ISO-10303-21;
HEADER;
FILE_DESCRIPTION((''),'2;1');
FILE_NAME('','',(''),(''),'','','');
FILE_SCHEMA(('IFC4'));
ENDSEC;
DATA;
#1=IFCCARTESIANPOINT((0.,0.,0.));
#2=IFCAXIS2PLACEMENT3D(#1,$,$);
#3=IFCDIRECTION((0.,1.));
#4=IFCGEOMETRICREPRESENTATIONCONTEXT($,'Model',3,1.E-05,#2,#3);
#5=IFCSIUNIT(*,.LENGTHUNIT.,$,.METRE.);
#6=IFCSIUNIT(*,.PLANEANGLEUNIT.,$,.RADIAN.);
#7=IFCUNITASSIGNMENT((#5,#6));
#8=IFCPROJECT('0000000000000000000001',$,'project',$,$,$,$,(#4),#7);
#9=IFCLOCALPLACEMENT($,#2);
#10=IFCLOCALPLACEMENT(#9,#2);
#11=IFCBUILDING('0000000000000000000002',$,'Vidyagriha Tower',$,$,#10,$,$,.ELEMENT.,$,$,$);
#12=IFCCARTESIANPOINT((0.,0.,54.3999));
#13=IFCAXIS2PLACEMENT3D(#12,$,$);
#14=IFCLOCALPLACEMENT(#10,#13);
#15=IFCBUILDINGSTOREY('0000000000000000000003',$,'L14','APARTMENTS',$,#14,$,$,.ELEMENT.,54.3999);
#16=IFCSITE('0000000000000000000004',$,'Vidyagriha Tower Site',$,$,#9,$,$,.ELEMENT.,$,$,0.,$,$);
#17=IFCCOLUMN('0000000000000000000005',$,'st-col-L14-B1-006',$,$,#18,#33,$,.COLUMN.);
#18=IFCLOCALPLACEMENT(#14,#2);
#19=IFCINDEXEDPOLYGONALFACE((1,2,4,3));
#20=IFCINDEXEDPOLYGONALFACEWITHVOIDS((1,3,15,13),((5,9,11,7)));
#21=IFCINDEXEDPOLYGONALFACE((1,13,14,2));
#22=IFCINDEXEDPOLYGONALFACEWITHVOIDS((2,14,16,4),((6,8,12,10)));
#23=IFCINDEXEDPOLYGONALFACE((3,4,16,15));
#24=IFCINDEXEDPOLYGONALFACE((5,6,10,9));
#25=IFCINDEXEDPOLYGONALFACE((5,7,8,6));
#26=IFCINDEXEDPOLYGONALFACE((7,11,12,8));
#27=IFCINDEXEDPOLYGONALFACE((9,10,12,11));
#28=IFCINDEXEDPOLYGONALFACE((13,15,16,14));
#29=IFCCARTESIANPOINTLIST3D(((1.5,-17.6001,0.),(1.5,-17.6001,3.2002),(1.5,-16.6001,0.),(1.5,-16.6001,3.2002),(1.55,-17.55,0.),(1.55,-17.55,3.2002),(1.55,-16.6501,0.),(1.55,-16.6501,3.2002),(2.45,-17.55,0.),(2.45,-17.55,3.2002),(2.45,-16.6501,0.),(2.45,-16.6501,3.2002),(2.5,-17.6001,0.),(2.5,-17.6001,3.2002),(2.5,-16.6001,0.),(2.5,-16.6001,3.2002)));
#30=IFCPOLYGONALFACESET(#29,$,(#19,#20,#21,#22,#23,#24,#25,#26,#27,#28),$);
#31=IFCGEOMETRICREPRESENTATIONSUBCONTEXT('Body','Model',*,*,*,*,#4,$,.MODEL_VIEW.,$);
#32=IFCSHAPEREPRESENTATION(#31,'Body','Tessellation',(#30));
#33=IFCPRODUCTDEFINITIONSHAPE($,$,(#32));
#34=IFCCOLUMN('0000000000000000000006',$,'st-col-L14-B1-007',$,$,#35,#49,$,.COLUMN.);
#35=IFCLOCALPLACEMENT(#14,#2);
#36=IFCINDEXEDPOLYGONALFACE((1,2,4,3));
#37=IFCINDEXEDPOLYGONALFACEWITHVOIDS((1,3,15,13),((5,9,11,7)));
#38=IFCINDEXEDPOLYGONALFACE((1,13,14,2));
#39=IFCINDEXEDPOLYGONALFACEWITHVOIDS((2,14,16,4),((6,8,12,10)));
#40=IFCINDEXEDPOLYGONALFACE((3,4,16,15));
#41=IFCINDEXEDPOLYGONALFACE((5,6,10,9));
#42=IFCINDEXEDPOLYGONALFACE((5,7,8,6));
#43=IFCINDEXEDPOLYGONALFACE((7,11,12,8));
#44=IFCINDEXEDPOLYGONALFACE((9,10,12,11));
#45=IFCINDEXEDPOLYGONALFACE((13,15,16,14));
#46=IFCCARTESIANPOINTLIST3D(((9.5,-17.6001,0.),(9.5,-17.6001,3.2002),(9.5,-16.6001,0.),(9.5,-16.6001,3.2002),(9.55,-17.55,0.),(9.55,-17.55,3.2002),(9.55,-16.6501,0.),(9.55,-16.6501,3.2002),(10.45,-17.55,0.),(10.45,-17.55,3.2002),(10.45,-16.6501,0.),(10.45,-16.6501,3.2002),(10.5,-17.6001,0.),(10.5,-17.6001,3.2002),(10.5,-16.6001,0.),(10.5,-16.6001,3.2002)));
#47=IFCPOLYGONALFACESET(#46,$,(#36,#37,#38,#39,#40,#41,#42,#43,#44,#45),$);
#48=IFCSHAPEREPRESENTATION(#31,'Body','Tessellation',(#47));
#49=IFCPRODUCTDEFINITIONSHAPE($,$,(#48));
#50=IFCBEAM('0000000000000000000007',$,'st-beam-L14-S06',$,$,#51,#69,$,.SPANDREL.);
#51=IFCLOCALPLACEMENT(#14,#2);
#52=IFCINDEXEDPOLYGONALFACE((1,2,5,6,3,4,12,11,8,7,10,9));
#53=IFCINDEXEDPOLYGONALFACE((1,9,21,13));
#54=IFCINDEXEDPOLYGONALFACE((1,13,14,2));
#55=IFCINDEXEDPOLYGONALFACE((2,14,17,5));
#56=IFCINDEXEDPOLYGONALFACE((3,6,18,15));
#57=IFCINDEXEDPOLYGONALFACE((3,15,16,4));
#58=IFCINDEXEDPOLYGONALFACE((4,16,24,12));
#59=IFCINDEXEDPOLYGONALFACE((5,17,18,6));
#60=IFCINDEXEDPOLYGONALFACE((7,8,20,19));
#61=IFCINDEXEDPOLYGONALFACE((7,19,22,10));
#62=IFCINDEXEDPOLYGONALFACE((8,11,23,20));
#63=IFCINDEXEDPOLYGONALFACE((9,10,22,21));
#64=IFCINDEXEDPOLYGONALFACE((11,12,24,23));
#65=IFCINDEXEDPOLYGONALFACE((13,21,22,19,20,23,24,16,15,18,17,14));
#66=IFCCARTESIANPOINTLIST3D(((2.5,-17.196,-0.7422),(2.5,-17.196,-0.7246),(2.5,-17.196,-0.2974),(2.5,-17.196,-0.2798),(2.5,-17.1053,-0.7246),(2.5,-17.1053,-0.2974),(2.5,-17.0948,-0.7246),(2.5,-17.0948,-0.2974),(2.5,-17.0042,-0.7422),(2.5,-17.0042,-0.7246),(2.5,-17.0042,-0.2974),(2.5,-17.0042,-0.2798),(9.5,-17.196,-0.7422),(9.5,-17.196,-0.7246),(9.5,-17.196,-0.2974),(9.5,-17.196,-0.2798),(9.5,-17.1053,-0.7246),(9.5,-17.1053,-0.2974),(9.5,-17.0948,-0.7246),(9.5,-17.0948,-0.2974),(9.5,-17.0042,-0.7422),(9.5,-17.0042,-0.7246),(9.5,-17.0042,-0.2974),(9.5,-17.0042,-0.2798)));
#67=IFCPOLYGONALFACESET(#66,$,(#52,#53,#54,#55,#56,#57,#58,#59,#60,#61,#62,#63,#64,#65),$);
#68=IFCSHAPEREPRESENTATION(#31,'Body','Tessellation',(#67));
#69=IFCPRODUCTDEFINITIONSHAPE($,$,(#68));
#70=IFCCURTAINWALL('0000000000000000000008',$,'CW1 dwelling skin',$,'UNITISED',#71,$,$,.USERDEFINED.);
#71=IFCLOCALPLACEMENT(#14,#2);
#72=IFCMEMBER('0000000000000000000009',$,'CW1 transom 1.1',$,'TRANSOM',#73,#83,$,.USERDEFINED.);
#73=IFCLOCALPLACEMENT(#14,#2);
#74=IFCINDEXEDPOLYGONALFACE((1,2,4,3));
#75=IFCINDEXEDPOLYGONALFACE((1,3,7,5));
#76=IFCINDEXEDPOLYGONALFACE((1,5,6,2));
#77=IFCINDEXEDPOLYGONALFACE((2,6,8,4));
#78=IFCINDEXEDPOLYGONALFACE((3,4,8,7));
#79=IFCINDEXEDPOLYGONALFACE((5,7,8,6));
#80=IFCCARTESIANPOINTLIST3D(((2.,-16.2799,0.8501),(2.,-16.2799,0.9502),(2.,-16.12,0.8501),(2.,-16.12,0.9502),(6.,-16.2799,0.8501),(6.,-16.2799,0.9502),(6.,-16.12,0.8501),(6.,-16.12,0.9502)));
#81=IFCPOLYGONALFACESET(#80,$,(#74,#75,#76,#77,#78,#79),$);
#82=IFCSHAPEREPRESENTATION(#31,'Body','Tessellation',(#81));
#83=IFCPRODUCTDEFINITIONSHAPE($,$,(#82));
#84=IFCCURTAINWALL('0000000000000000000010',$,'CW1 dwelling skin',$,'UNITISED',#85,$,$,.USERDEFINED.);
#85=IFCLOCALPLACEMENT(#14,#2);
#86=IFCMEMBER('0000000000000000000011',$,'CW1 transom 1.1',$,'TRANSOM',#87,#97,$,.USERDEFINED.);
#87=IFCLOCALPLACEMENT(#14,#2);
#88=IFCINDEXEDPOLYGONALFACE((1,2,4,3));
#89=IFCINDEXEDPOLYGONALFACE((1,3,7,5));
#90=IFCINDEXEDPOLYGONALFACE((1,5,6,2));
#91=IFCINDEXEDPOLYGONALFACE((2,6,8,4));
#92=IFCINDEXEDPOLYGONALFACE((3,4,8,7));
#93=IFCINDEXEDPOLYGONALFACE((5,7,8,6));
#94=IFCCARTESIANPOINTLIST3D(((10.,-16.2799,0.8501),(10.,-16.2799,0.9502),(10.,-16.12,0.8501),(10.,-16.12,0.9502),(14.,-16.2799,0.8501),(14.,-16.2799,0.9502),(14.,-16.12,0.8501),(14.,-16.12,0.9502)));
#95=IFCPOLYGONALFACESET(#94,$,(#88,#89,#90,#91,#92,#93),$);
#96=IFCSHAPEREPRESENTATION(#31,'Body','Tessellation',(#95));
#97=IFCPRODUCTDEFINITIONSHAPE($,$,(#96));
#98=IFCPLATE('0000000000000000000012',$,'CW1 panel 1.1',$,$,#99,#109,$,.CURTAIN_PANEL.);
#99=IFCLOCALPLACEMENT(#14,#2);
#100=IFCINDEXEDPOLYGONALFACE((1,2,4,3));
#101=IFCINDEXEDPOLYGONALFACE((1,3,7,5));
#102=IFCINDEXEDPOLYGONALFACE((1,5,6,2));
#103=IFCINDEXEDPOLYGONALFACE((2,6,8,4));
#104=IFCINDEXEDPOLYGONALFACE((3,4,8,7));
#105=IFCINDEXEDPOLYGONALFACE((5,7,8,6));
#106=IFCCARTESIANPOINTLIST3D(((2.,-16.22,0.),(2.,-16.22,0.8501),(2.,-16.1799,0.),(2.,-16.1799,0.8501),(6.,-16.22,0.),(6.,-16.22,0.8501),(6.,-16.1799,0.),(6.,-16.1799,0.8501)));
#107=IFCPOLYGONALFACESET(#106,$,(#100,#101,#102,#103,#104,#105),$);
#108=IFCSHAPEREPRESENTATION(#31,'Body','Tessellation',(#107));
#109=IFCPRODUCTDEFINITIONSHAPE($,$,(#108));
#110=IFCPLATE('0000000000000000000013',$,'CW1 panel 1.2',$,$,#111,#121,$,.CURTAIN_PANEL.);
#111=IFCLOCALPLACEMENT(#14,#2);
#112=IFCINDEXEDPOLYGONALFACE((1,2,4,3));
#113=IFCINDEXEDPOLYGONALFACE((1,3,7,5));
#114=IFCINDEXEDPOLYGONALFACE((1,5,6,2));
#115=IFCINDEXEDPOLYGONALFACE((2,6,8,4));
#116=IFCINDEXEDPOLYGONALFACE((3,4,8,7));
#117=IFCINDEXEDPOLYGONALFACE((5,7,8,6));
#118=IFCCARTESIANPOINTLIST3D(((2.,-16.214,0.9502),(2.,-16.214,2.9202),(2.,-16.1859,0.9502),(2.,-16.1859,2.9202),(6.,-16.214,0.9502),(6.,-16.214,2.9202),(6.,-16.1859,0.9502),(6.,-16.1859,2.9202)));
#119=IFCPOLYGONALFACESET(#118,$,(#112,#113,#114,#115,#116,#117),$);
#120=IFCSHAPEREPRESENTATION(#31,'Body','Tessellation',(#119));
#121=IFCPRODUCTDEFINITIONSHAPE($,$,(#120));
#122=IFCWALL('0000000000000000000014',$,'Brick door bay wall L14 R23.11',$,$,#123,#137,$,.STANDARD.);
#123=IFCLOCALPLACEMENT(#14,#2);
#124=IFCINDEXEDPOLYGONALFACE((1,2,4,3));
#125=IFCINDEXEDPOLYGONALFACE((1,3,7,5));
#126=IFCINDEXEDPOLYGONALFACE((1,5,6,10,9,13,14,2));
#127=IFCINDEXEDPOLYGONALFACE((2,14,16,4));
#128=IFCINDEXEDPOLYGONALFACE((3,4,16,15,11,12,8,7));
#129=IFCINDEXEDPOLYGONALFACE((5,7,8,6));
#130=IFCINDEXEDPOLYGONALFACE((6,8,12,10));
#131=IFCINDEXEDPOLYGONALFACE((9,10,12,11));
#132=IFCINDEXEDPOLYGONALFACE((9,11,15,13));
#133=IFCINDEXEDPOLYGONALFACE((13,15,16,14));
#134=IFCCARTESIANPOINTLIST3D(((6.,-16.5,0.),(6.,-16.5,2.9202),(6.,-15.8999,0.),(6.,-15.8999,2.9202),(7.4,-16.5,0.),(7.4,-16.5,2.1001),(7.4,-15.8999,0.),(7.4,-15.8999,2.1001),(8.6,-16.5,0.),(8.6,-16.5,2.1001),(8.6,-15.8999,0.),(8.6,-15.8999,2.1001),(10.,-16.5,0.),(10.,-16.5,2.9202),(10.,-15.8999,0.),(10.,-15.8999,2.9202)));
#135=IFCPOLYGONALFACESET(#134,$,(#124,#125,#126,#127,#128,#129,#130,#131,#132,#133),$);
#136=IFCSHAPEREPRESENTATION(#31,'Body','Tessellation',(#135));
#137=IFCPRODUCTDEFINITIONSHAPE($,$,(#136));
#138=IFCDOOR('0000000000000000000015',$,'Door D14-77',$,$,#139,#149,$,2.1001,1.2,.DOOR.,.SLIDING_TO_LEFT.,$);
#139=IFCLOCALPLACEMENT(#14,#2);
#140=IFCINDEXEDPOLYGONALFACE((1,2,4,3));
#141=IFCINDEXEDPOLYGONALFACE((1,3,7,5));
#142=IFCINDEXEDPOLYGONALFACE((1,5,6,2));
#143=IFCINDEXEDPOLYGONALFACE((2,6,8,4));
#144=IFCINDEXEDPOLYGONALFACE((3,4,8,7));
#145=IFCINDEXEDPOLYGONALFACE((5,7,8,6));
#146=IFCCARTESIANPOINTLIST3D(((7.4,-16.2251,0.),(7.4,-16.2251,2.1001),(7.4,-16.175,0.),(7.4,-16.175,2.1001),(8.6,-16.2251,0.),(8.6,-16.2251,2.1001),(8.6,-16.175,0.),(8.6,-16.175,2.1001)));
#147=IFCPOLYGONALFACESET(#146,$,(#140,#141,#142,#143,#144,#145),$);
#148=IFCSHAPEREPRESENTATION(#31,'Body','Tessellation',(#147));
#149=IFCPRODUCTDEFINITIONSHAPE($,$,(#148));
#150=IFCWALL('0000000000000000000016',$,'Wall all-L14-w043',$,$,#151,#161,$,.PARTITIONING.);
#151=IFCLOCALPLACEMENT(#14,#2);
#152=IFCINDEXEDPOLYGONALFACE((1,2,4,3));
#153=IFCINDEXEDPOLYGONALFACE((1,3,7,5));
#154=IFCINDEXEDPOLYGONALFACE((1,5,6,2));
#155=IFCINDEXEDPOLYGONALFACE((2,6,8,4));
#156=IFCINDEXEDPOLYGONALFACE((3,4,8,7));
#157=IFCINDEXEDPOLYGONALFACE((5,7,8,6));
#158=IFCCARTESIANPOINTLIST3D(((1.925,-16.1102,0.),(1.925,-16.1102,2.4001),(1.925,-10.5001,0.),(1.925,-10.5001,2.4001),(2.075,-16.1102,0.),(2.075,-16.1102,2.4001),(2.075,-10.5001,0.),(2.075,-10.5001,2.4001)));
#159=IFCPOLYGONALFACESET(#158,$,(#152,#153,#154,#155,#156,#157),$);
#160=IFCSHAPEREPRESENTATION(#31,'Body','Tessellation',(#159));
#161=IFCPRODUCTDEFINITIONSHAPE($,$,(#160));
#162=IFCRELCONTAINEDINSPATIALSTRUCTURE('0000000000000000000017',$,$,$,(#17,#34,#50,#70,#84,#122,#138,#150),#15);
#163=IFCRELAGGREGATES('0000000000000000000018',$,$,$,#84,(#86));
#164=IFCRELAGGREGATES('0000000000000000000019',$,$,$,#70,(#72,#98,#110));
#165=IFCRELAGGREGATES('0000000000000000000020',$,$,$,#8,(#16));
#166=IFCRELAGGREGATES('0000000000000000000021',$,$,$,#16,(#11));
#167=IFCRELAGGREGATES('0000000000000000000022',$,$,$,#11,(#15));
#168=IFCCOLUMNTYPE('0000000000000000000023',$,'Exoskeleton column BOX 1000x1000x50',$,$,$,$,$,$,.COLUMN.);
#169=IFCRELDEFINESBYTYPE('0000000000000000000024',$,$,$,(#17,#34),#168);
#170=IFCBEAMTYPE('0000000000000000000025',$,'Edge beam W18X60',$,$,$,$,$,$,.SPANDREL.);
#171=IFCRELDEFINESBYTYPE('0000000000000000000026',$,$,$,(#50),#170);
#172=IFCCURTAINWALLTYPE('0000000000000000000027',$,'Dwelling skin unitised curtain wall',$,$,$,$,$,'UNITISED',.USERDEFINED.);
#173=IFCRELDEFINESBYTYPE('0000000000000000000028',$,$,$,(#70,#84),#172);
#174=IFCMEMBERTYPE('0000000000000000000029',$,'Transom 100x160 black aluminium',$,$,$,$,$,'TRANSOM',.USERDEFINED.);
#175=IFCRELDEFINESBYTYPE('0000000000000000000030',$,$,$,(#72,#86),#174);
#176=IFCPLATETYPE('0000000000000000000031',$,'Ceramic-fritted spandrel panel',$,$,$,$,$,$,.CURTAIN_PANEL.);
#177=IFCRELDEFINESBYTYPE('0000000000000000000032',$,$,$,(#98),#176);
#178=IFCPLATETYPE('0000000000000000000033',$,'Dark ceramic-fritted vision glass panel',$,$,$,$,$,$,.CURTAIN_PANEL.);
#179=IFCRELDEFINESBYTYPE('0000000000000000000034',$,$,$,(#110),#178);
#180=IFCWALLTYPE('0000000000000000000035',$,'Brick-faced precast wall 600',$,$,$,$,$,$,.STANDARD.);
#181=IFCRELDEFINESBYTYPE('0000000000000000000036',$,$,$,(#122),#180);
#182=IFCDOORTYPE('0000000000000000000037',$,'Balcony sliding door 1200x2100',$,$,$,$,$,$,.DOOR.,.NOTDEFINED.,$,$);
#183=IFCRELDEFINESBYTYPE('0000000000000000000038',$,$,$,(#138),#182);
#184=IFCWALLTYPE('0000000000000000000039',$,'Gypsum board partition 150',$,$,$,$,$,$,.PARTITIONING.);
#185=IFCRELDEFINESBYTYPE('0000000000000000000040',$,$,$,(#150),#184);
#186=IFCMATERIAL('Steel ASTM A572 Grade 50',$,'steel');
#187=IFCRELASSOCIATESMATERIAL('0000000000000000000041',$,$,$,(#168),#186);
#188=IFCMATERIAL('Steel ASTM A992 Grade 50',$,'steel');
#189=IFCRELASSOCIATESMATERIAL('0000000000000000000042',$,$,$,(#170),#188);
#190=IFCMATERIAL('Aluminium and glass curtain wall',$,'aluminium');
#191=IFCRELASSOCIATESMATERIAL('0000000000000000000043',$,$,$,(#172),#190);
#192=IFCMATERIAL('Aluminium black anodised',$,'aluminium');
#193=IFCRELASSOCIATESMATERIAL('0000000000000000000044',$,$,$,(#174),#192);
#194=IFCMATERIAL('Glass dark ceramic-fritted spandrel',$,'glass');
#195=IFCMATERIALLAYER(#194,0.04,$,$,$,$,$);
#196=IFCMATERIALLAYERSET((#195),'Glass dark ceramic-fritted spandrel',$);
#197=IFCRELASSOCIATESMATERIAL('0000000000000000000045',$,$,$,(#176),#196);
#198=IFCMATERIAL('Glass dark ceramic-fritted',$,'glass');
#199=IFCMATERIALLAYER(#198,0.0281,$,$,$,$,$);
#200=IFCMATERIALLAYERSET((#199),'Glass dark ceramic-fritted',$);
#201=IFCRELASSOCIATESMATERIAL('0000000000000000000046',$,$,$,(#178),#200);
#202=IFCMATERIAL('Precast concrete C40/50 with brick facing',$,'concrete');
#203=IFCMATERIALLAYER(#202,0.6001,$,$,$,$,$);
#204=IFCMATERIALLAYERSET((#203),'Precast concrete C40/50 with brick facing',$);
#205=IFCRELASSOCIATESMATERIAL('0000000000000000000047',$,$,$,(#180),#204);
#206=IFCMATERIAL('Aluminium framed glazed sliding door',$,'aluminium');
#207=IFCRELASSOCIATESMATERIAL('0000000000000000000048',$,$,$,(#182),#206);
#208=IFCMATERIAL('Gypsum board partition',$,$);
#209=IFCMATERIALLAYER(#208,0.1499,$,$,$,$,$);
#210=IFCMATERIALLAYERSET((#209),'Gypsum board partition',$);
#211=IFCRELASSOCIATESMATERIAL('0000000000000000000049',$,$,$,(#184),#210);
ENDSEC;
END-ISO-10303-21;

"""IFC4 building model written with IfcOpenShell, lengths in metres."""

from ifc_helpers import new_model, si_unit, direction, frame, frame_2d, origin, origin_2d, place, context, subcontext, project, spatial, rectangle, hollow_rectangle, i_section, extrude, material, layer, layer_set, material_profile, profile_set, type_object, element, fill, aggregate, save


model = new_model("IFC4")

# Units and contexts
model_context = context("Model", 3, precision=1e-05, world=origin(), true_north=direction((0.0, 1.0)))
body_context = subcontext(model_context, "Body", "Model", "MODEL_VIEW")
ifc_project = project(units=[si_unit("LENGTHUNIT", "METRE"), si_unit("PLANEANGLEUNIT", "RADIAN")], contexts=[model_context])

# Site, building, storey
site_placement = place(None, origin())
site = spatial("IfcSite", under=ifc_project, at=site_placement, Name="Vidyagriha Tower Site", CompositionType="ELEMENT", RefElevation=0.0)
building_placement = place(site_placement, origin())
building = spatial("IfcBuilding", under=site, at=building_placement, Name="Vidyagriha Tower", CompositionType="ELEMENT")
storey_placement = place(building_placement, frame((0.0, 0.0, 54.3999)))
storey = spatial("IfcBuildingStorey", under=building, at=storey_placement, Name="L14", Description="APARTMENTS", CompositionType="ELEMENT", Elevation=54.3999)

# Columns
ifc_material_1 = material(Name="Steel ASTM A572 Grade 50", Category="steel")
ifc_material_profile_1 = material_profile(ifc_material_1, hollow_rectangle(XDim=1.0, YDim=1.0, WallThickness=0.05, at=origin_2d()), Name="BOX 1000x1000x50")
ifc_profile_set_1 = profile_set([ifc_material_profile_1], Name="Steel ASTM A572 Grade 50")
column_type = type_object("IfcColumnType", Name="Exoskeleton column BOX 1000x1000x50", PredefinedType="COLUMN", material=ifc_profile_set_1)
for number, where, name in (
    (1, (2.0, -17.1001, 0.0), "st-col-L14-B1-006"),
    (2, (10.0, -17.1001, 0.0), "st-col-L14-B1-007"),
):
    element("IfcColumn", number, at=place(storey_placement, frame(where)), inside=storey, type_object=column_type, Name=name, PredefinedType="COLUMN", context=body_context, shape_type="SweptSolid", body=[
        extrude(hollow_rectangle(XDim=1.0, YDim=1.0, WallThickness=0.05, at=origin_2d()), origin(), (0.0, 0.0, 1.0), 3.2002),
    ])

# Beam
ifc_material_2 = material(Name="Steel ASTM A992 Grade 50", Category="steel")
ifc_material_profile_2 = material_profile(ifc_material_2, i_section(OverallWidth=0.1919, OverallDepth=0.4624, WebThickness=0.0105, FlangeThickness=0.0176, at=origin_2d()), Name="W18X60")
ifc_profile_set_2 = profile_set([ifc_material_profile_2], Name="Steel ASTM A992 Grade 50")
beam_type = type_object("IfcBeamType", Name="Edge beam W18X60", PredefinedType="SPANDREL", material=ifc_profile_set_2)
beam_placement = place(storey_placement, frame((2.5, -17.1001, -0.511), z_axis=(1.0, 0.0, 0.0), x_axis=(0.0, 1.0, 0.0)))
element("IfcBeam", 3, at=beam_placement, inside=storey, type_object=beam_type, Name="st-beam-L14-S06", PredefinedType="SPANDREL", context=body_context, shape_type="SweptSolid", body=[
    extrude(i_section(OverallWidth=0.1919, OverallDepth=0.4624, WebThickness=0.0105, FlangeThickness=0.0176, at=origin_2d()), origin(), (0.0, 0.0, 1.0), 7.0),
])

# Curtain walls, members
ifc_material_3 = material(Name="Aluminium and glass curtain wall", Category="aluminium")
curtain_wall_type = type_object("IfcCurtainWallType", Name="Dwelling skin unitised curtain wall", ElementType="UNITISED", PredefinedType="USERDEFINED", material=ifc_material_3)
curtain_wall_1_placement = place(storey_placement, origin())
curtain_wall_1 = element("IfcCurtainWall", 4, at=curtain_wall_1_placement, inside=storey, type_object=curtain_wall_type, Name="CW1 dwelling skin", ObjectType="UNITISED", PredefinedType="USERDEFINED")
ifc_material_4 = material(Name="Aluminium black anodised", Category="aluminium")
ifc_material_profile_3 = material_profile(ifc_material_4, rectangle(XDim=0.1599, YDim=0.1001, at=origin_2d()), Name="Transom 100x160 black aluminium")
ifc_profile_set_3 = profile_set([ifc_material_profile_3], Name="Aluminium black anodised")
member_type = type_object("IfcMemberType", Name="Transom 100x160 black aluminium", ElementType="TRANSOM", PredefinedType="USERDEFINED", material=ifc_profile_set_3)
member_1_placement = place(storey_placement, frame((2.0, -16.2, 0.9001), z_axis=(1.0, 0.0, 0.0), x_axis=(0.0, 1.0, 0.0)))
member_1 = element("IfcMember", 5, at=member_1_placement, type_object=member_type, Name="CW1 transom 1.1", ObjectType="TRANSOM", PredefinedType="USERDEFINED", context=body_context, shape_type="SweptSolid", body=[
    extrude(rectangle(XDim=0.1599, YDim=0.1001, at=origin_2d()), origin(), (0.0, 0.0, 1.0), 4.0),
])
curtain_wall_2_placement = place(storey_placement, origin())
curtain_wall_2 = element("IfcCurtainWall", 6, at=curtain_wall_2_placement, inside=storey, type_object=curtain_wall_type, Name="CW1 dwelling skin", ObjectType="UNITISED", PredefinedType="USERDEFINED")
member_2_placement = place(storey_placement, frame((10.0, -16.2, 0.9001), z_axis=(1.0, 0.0, 0.0), x_axis=(0.0, 1.0, 0.0)))
member_2 = element("IfcMember", 7, at=member_2_placement, type_object=member_type, Name="CW1 transom 1.1", ObjectType="TRANSOM", PredefinedType="USERDEFINED", context=body_context, shape_type="SweptSolid", body=[
    extrude(rectangle(XDim=0.1599, YDim=0.1001, at=origin_2d()), origin(), (0.0, 0.0, 1.0), 4.0),
])
aggregate(curtain_wall_2, [member_2])

# Plates
ifc_material_5 = material(Name="Glass dark ceramic-fritted spandrel", Category="glass")
ifc_layer_1 = layer(ifc_material_5, 0.04)
ifc_layer_set_1 = layer_set([ifc_layer_1], Name="Glass dark ceramic-fritted spandrel")
plate_type_1 = type_object("IfcPlateType", Name="Ceramic-fritted spandrel panel", PredefinedType="CURTAIN_PANEL", material=ifc_layer_set_1)
plate_1_placement = place(storey_placement, frame((4.0, -16.2, 0.0)))
plate_1 = element("IfcPlate", 8, at=plate_1_placement, type_object=plate_type_1, Name="CW1 panel 1.1", PredefinedType="CURTAIN_PANEL", context=body_context, shape_type="SweptSolid", body=[
    extrude(rectangle(XDim=4.0, YDim=0.04, at=origin_2d()), origin(), (0.0, 0.0, 1.0), 0.8501),
])
ifc_material_6 = material(Name="Glass dark ceramic-fritted", Category="glass")
ifc_layer_2 = layer(ifc_material_6, 0.0281)
ifc_layer_set_2 = layer_set([ifc_layer_2], Name="Glass dark ceramic-fritted")
plate_type_2 = type_object("IfcPlateType", Name="Dark ceramic-fritted vision glass panel", PredefinedType="CURTAIN_PANEL", material=ifc_layer_set_2)
plate_2_placement = place(storey_placement, frame((4.0, -16.2, 0.9502)))
plate_2 = element("IfcPlate", 9, at=plate_2_placement, type_object=plate_type_2, Name="CW1 panel 1.2", PredefinedType="CURTAIN_PANEL", context=body_context, shape_type="SweptSolid", body=[
    extrude(rectangle(XDim=4.0, YDim=0.0281, at=origin_2d()), origin(), (0.0, 0.0, 1.0), 1.97),
])
aggregate(curtain_wall_1, [member_1, plate_1, plate_2])

# Wall, opening, door
ifc_material_7 = material(Name="Precast concrete C40/50 with brick facing", Category="concrete")
ifc_layer_3 = layer(ifc_material_7, 0.6001)
ifc_layer_set_3 = layer_set([ifc_layer_3], Name="Precast concrete C40/50 with brick facing")
wall_type_1 = type_object("IfcWallType", Name="Brick-faced precast wall 600", PredefinedType="STANDARD", material=ifc_layer_set_3)
wall_1_placement = place(storey_placement, frame((6.0, -16.2, 0.0)))
wall_1 = element("IfcWall", 10, at=wall_1_placement, inside=storey, type_object=wall_type_1, Name="Brick door bay wall L14 R23.11", PredefinedType="STANDARD", context=body_context, shape_type="SweptSolid", body=[
    extrude(rectangle(XDim=4.0, YDim=0.6001, at=frame_2d((2.0, 0.0))), origin(), (0.0, 0.0, 1.0), 2.9202),
])
opening_placement = place(wall_1_placement, frame((1.3999, 0.0, 0.0)))
opening = element("IfcOpeningElement", 11, at=opening_placement, cuts=wall_1, PredefinedType="OPENING", context=body_context, shape_type="SweptSolid", body=[
    extrude(rectangle(XDim=1.2, YDim=2.1001, at=frame_2d((0.6001, 1.05))), frame((0.0, 0.3101, 0.0), z_axis=(0.0, -1.0, 0.0), x_axis=(1.0, 0.0, 0.0)), (0.0, 0.0, 1.0), 0.6201),
])
ifc_material_8 = material(Name="Aluminium framed glazed sliding door", Category="aluminium")
door_type = type_object("IfcDoorType", Name="Balcony sliding door 1200x2100", OperationType="NOTDEFINED", PredefinedType="DOOR", material=ifc_material_8)
door_placement = place(opening_placement, origin())
door = element("IfcDoor", 12, at=door_placement, inside=storey, type_object=door_type, Name="Door D14-77", OperationType="SLIDING_TO_LEFT", OverallHeight=2.1001, OverallWidth=1.2, PredefinedType="DOOR", context=body_context, shape_type="SweptSolid", body=[
    extrude(rectangle(XDim=1.2, YDim=2.1001, at=frame_2d((0.6001, 1.05))), frame((0.0, 0.0249, 0.0), z_axis=(0.0, -1.0, 0.0), x_axis=(1.0, 0.0, 0.0)), (0.0, 0.0, 1.0), 0.05),
])
fill(opening, door)

# Wall
ifc_material_9 = material(Name="Gypsum board partition")
ifc_layer_4 = layer(ifc_material_9, 0.1499)
ifc_layer_set_4 = layer_set([ifc_layer_4], Name="Gypsum board partition")
wall_type_2 = type_object("IfcWallType", Name="Gypsum board partition 150", PredefinedType="PARTITIONING", material=ifc_layer_set_4)
wall_2_placement = place(storey_placement, frame((2.0, -10.5, 0.0), z_axis=(0.0, 0.0, 1.0), x_axis=(0.0, -1.0, 0.0)))
element("IfcWall", 13, at=wall_2_placement, inside=storey, type_object=wall_type_2, Name="Wall all-L14-w043", PredefinedType="PARTITIONING", context=body_context, shape_type="SweptSolid", body=[
    extrude(rectangle(XDim=5.6101, YDim=0.1499, at=frame_2d((2.8052, 0.0))), origin(), (0.0, 0.0, 1.0), 2.4001),
])

save(model, "model.ifc")
